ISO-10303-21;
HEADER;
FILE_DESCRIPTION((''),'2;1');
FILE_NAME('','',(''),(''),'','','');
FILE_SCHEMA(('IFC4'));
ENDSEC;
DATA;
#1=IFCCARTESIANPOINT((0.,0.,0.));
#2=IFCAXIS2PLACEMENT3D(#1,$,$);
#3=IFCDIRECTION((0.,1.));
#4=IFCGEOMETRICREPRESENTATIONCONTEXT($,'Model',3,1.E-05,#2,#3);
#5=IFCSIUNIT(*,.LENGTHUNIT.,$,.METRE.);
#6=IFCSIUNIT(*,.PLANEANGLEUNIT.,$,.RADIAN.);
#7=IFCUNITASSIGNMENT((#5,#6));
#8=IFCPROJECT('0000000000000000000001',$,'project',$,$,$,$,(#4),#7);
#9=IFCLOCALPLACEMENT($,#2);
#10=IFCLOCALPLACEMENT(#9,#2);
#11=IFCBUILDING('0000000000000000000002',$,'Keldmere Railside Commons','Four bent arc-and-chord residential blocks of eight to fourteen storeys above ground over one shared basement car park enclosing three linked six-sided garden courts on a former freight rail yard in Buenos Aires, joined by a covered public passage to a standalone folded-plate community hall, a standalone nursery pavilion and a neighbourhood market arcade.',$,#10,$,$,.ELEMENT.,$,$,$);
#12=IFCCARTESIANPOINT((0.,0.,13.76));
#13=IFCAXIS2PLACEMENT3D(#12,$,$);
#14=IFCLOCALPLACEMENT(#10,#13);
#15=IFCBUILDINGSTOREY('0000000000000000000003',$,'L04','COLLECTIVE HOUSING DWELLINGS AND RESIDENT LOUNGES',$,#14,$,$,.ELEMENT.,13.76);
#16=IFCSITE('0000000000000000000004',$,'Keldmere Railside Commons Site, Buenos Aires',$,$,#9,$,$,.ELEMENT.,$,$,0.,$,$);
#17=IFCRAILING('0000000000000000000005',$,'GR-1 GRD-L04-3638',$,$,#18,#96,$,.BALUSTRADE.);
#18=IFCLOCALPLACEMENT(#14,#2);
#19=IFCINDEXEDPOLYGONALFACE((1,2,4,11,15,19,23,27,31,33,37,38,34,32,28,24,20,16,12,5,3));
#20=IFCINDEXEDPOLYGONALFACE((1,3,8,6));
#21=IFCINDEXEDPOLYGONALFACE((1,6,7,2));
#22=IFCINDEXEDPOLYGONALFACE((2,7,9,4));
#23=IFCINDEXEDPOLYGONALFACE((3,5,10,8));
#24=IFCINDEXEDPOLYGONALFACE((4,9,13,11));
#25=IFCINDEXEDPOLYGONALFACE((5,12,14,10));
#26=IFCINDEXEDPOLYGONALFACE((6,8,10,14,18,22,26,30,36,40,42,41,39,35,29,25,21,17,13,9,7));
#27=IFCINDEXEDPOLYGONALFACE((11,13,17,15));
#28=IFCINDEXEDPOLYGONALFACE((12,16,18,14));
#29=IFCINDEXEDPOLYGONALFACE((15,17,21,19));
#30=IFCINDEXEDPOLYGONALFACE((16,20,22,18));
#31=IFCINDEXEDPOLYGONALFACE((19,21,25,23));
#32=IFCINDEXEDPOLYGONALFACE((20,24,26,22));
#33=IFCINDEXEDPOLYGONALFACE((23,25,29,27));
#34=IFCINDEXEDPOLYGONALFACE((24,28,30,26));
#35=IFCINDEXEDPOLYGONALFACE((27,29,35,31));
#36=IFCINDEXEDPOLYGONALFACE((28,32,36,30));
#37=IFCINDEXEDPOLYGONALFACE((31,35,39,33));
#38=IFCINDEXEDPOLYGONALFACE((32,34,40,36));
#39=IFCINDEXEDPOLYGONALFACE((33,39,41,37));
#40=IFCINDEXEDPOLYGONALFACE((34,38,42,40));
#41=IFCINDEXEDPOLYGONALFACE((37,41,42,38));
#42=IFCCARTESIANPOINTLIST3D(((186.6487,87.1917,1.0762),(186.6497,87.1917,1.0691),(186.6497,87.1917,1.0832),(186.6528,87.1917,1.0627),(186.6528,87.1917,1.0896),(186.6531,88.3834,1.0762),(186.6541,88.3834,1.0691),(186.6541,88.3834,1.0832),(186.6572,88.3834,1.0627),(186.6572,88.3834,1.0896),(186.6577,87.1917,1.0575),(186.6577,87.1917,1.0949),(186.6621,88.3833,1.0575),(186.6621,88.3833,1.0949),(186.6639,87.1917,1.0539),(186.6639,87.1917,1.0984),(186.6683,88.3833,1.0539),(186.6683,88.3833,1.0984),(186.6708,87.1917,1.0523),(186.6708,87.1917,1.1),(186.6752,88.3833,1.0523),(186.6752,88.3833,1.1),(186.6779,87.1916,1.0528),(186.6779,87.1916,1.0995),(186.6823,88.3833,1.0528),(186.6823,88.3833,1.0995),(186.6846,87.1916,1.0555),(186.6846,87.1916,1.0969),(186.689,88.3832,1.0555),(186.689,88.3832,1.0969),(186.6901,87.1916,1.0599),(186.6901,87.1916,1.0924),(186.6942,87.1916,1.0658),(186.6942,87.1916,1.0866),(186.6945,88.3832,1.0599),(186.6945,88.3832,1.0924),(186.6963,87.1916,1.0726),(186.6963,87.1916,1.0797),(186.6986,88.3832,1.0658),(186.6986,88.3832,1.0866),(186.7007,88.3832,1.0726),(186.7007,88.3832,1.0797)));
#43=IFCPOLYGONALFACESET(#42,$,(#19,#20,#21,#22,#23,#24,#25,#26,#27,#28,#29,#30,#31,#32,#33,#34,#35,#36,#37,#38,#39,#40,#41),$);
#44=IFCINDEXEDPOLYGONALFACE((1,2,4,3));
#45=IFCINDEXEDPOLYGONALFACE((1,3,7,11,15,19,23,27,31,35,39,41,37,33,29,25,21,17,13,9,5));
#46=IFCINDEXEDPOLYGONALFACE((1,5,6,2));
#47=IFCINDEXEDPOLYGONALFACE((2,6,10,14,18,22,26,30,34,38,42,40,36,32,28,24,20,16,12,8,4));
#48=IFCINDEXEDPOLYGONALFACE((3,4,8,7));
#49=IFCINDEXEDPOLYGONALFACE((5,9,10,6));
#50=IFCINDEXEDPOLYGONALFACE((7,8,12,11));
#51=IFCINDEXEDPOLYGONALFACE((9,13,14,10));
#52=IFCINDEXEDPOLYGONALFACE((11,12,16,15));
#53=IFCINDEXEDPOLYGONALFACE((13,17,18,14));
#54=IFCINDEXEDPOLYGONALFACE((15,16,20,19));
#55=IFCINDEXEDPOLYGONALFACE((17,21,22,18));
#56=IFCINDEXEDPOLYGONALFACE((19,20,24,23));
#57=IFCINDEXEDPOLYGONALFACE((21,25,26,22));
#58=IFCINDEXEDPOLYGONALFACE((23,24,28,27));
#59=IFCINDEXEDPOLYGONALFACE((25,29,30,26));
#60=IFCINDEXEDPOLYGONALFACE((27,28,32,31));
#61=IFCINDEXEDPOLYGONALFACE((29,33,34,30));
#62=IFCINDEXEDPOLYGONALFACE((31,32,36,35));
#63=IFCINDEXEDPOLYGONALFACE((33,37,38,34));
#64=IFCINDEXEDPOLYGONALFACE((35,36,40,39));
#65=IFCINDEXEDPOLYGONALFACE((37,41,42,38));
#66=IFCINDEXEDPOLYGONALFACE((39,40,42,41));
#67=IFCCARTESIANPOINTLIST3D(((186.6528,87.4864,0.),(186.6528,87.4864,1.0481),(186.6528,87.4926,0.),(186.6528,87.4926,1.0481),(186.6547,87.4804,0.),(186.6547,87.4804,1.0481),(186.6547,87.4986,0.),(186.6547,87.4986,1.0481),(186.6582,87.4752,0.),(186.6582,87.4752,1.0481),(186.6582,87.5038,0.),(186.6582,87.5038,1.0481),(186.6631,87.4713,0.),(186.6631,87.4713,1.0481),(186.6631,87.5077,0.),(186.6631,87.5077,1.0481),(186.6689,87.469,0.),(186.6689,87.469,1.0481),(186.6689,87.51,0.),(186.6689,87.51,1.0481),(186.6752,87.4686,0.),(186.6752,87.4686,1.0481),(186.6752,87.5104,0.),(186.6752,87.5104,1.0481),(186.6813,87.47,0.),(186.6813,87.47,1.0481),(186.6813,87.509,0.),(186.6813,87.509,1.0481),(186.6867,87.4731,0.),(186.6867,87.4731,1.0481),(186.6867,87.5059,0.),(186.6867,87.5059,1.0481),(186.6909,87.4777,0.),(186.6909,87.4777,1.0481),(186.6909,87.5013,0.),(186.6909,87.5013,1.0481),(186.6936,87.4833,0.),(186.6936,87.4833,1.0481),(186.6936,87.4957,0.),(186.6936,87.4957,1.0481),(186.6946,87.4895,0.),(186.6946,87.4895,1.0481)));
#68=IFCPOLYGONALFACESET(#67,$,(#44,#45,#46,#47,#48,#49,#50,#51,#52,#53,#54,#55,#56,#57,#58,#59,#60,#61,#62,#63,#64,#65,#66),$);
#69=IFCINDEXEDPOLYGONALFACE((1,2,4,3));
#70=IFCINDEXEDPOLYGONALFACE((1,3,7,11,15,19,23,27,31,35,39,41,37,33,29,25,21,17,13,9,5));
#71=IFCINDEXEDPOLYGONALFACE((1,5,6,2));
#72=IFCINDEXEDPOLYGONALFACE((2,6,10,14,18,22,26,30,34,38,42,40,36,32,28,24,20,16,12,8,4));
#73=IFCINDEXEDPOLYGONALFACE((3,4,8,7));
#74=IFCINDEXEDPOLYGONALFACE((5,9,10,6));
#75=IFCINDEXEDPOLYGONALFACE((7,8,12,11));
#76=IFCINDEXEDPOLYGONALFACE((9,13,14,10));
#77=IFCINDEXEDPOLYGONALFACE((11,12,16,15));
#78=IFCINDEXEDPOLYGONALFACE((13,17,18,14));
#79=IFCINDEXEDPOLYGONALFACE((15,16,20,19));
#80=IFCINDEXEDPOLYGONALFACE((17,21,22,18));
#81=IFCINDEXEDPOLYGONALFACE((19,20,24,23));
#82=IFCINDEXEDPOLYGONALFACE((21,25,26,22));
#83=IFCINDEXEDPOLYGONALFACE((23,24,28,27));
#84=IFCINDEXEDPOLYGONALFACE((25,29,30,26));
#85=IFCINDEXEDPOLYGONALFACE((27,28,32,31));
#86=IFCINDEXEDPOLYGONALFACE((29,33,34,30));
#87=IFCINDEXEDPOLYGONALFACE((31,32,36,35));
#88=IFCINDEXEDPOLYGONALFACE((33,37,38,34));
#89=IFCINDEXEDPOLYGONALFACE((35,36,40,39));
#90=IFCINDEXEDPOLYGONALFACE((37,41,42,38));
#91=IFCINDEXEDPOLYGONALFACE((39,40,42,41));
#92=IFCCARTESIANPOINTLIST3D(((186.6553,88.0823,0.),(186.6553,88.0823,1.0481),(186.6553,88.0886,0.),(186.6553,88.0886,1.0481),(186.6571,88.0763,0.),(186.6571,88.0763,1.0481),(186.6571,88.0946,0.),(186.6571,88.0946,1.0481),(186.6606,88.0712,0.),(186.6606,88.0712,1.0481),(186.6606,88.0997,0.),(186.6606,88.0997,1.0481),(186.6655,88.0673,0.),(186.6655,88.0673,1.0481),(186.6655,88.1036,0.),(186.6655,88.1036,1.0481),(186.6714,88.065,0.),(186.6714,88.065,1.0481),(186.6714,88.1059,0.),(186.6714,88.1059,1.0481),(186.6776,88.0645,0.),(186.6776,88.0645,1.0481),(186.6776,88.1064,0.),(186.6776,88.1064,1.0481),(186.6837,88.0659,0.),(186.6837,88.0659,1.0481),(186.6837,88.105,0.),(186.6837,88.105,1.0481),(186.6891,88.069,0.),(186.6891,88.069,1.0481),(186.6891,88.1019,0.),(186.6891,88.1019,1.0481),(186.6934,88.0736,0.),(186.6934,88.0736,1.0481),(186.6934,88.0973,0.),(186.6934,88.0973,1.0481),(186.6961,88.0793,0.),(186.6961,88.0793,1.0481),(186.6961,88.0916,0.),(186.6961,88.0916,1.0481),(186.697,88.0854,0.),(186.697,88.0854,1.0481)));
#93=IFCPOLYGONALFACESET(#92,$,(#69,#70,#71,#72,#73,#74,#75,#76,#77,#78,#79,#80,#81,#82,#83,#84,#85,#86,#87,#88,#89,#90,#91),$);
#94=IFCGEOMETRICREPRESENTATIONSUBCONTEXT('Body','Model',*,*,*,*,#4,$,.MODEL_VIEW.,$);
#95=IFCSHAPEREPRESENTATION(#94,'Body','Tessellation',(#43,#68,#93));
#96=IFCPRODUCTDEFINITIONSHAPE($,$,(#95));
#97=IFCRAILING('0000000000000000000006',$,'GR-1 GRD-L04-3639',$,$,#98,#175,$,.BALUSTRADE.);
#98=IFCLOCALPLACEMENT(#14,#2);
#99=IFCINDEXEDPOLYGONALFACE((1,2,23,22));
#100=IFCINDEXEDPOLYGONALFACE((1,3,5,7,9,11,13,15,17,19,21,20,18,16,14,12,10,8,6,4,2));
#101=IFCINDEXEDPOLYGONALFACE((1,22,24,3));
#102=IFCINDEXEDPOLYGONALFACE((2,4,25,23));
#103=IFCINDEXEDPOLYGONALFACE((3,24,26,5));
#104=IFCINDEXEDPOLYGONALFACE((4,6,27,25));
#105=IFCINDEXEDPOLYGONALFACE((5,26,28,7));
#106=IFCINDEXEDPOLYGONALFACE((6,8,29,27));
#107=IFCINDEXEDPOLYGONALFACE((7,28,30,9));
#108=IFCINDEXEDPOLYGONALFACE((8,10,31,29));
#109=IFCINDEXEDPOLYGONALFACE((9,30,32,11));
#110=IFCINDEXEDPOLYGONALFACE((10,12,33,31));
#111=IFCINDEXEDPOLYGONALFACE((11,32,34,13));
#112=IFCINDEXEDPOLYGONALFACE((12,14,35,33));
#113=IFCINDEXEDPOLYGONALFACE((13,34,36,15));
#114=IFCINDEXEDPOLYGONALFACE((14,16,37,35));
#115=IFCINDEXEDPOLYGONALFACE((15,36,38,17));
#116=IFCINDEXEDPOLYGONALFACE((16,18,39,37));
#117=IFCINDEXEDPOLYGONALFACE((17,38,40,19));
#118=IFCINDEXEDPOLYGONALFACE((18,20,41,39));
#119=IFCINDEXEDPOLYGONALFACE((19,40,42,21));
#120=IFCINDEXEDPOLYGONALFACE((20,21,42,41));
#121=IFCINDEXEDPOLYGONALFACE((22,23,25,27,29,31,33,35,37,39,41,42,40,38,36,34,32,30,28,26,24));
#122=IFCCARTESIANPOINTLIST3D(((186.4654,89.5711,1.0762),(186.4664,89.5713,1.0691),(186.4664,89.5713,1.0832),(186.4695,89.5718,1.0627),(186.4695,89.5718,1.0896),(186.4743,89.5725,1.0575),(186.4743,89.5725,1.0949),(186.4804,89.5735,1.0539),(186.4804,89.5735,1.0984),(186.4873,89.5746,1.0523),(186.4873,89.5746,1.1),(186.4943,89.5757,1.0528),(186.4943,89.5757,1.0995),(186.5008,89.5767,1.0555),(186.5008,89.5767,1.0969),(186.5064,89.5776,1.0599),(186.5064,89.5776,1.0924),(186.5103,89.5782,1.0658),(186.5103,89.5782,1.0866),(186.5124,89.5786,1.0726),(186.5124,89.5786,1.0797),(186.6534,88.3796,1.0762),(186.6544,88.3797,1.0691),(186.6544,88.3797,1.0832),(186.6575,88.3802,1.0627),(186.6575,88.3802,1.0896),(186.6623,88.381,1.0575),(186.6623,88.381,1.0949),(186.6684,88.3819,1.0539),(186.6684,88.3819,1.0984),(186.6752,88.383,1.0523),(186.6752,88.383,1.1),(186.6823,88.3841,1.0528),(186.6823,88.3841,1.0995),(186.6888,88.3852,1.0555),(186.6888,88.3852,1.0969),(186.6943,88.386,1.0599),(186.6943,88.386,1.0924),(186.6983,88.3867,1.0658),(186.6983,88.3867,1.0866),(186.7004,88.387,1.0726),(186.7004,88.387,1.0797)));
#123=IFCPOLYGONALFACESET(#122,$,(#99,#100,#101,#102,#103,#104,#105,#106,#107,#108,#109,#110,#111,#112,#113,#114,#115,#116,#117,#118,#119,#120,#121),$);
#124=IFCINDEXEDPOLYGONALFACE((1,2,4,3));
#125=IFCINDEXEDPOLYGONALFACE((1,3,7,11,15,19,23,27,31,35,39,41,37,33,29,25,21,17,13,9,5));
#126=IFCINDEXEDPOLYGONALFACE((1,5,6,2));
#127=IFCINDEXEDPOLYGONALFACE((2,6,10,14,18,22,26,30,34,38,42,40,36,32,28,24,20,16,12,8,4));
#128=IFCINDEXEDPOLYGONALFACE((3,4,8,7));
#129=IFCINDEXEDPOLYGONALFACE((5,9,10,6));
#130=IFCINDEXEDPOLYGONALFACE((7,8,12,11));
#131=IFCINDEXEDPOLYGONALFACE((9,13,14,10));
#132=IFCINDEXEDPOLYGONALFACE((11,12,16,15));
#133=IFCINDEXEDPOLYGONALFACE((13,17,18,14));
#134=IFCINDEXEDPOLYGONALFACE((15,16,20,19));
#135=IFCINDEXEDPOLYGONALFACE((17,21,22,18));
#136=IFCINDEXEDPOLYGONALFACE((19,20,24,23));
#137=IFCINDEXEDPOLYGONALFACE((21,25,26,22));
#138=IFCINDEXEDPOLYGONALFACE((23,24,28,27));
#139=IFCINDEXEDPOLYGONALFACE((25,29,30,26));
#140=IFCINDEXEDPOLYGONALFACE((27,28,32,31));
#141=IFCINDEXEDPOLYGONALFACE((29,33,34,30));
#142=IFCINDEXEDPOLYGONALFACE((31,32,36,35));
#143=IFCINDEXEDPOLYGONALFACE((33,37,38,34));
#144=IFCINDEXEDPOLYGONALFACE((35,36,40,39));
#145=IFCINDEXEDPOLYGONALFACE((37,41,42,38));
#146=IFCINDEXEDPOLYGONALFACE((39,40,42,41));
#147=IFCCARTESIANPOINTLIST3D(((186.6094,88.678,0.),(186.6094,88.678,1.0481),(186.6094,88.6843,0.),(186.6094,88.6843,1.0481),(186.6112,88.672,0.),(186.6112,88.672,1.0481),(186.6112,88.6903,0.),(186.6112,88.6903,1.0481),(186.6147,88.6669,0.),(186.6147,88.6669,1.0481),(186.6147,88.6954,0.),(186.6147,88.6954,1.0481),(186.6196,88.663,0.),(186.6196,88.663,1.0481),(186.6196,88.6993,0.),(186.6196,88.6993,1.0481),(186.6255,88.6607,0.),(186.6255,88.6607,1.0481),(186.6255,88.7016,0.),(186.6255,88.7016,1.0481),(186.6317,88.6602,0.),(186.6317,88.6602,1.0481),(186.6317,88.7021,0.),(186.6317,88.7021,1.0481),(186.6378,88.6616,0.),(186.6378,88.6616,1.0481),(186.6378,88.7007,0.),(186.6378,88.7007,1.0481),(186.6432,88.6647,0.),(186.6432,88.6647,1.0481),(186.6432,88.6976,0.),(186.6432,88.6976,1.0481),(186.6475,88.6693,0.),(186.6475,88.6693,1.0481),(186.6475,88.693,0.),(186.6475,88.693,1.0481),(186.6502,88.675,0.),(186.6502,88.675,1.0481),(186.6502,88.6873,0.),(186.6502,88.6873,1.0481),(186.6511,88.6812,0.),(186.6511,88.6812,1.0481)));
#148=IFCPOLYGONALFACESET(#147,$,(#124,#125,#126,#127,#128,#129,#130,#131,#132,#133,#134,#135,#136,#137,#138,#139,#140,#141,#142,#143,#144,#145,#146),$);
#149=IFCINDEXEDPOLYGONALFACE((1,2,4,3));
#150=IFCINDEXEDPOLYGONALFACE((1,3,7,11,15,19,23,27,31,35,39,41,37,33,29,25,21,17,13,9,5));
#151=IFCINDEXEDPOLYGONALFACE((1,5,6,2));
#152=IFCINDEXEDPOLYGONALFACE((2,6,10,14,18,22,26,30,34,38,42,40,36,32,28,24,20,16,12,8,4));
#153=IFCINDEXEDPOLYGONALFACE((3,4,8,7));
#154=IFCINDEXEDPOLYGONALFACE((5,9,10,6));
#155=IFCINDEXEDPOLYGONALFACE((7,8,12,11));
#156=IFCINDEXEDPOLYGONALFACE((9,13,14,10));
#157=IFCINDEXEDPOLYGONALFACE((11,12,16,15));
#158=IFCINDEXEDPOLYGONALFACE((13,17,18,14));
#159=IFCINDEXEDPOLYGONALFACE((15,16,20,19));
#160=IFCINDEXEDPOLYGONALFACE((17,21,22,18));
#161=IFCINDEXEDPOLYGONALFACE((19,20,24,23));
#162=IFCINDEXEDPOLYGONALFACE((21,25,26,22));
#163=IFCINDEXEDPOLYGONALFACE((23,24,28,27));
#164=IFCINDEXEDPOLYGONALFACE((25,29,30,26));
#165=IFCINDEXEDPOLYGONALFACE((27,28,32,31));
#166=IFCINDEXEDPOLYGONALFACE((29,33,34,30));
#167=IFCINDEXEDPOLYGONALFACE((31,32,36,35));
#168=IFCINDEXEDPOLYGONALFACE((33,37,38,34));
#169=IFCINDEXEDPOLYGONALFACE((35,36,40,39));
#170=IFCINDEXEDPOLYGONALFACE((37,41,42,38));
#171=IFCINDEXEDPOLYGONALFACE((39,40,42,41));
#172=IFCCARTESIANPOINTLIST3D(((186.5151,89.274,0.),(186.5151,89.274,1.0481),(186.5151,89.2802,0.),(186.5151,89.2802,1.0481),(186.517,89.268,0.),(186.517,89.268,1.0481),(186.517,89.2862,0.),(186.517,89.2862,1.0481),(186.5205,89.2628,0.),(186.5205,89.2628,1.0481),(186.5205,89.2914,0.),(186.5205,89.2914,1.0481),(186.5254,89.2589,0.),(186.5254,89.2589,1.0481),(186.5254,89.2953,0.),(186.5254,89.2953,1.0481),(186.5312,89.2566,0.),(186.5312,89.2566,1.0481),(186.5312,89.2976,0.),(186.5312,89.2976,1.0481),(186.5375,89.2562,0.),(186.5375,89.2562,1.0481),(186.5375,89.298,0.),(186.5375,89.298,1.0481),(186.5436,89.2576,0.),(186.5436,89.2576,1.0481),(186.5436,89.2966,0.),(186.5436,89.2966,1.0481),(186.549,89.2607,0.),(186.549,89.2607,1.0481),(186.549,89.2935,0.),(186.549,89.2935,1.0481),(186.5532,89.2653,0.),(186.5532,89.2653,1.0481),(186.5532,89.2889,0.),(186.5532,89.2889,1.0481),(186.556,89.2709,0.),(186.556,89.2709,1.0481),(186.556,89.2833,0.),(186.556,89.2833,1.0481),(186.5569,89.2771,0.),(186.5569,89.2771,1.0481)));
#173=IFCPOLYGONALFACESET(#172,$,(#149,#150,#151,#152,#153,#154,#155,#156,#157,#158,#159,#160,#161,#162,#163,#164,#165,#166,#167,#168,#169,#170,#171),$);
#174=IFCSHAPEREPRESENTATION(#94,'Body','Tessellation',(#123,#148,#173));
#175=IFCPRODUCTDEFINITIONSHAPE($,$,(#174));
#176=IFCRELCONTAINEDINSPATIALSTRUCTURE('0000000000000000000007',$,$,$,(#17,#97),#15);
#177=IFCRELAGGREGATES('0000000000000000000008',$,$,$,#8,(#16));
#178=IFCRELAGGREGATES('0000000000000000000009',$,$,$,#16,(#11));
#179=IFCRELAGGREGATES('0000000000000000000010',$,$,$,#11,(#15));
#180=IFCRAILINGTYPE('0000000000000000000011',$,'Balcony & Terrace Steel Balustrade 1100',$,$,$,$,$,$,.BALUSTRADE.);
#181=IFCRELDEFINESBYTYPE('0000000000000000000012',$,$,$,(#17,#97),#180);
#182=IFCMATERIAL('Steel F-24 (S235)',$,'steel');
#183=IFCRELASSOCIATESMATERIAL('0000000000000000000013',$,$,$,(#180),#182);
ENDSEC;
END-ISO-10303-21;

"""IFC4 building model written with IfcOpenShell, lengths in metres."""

from ifc_helpers import new_model, si_unit, direction, frame, origin, origin_2d, place, context, subcontext, project, spatial, circle, extrude, material, type_object, element, save


model = new_model("IFC4")

# Units and contexts
model_context = context("Model", 3, precision=1e-05, world=origin(), true_north=direction((0.0, 1.0)))
body_context = subcontext(model_context, "Body", "Model", "MODEL_VIEW")
ifc_project = project(units=[si_unit("LENGTHUNIT", "METRE"), si_unit("PLANEANGLEUNIT", "RADIAN")], contexts=[model_context])

# Site, building, storey
site_placement = place(None, origin())
site = spatial("IfcSite", under=ifc_project, at=site_placement, Name="Keldmere Railside Commons Site, Buenos Aires", CompositionType="ELEMENT", RefElevation=0.0)
building_placement = place(site_placement, origin())
building = spatial("IfcBuilding", under=site, at=building_placement, Name="Keldmere Railside Commons", Description="Four bent arc-and-chord residential blocks of eight to fourteen storeys above ground over one shared basement car park enclosing three linked six-sided garden courts on a former freight rail yard in Buenos Aires, joined by a covered public passage to a standalone folded-plate community hall, a standalone nursery pavilion and a neighbourhood market arcade.", CompositionType="ELEMENT")
storey_placement = place(building_placement, frame((0.0, 0.0, 13.76)))
storey = spatial("IfcBuildingStorey", under=building, at=storey_placement, Name="L04", Description="COLLECTIVE HOUSING DWELLINGS AND RESIDENT LOUNGES", CompositionType="ELEMENT", Elevation=13.76)

# Railings
ifc_material_1 = material(Name="Steel F-24 (S235)", Category="steel")
railing_type = type_object("IfcRailingType", Name="Balcony & Terrace Steel Balustrade 1100", PredefinedType="BALUSTRADE", material=ifc_material_1)
railing_1_placement = place(storey_placement, frame((186.6726, 87.1917, 0.0)))
element("IfcRailing", 1, at=railing_1_placement, inside=storey, type_object=railing_type, Name="GR-1 GRD-L04-3638", PredefinedType="BALUSTRADE", context=body_context, shape_type="SweptSolid", body=[
    extrude(circle(Radius=0.0239, at=origin_2d()), frame((0.0, 0.0, 1.0762), z_axis=(0.003688, 0.999993, 0.0), x_axis=(-0.999993, 0.003688, 0.0)), (0.0, 0.0, 1.0), 1.1917),
    extrude(circle(Radius=0.021, at=origin_2d()), frame((0.001, 0.2979, 0.0)), (0.0, 0.0, 1.0), 1.0481),
    extrude(circle(Radius=0.021, at=origin_2d()), frame((0.0034, 0.8938, 0.0)), (0.0, 0.0, 1.0), 1.0481),
])
railing_2_placement = place(storey_placement, frame((186.677, 88.3833, 0.0)))
element("IfcRailing", 2, at=railing_2_placement, inside=storey, type_object=railing_type, Name="GR-1 GRD-L04-3639", PredefinedType="BALUSTRADE", context=body_context, shape_type="SweptSolid", body=[
    extrude(circle(Radius=0.0239, at=origin_2d()), frame((0.0, 0.0, 1.0762), z_axis=(-0.155827, 0.987784, 0.0), x_axis=(-0.987784, -0.155827, 0.0)), (0.0, 0.0, 1.0), 1.2063),
    extrude(circle(Radius=0.021, at=origin_2d()), frame((-0.0469, 0.2979, 0.0)), (0.0, 0.0, 1.0), 1.0481),
    extrude(circle(Radius=0.021, at=origin_2d()), frame((-0.1411, 0.8938, 0.0)), (0.0, 0.0, 1.0), 1.0481),
])

save(model, "model.ifc")
